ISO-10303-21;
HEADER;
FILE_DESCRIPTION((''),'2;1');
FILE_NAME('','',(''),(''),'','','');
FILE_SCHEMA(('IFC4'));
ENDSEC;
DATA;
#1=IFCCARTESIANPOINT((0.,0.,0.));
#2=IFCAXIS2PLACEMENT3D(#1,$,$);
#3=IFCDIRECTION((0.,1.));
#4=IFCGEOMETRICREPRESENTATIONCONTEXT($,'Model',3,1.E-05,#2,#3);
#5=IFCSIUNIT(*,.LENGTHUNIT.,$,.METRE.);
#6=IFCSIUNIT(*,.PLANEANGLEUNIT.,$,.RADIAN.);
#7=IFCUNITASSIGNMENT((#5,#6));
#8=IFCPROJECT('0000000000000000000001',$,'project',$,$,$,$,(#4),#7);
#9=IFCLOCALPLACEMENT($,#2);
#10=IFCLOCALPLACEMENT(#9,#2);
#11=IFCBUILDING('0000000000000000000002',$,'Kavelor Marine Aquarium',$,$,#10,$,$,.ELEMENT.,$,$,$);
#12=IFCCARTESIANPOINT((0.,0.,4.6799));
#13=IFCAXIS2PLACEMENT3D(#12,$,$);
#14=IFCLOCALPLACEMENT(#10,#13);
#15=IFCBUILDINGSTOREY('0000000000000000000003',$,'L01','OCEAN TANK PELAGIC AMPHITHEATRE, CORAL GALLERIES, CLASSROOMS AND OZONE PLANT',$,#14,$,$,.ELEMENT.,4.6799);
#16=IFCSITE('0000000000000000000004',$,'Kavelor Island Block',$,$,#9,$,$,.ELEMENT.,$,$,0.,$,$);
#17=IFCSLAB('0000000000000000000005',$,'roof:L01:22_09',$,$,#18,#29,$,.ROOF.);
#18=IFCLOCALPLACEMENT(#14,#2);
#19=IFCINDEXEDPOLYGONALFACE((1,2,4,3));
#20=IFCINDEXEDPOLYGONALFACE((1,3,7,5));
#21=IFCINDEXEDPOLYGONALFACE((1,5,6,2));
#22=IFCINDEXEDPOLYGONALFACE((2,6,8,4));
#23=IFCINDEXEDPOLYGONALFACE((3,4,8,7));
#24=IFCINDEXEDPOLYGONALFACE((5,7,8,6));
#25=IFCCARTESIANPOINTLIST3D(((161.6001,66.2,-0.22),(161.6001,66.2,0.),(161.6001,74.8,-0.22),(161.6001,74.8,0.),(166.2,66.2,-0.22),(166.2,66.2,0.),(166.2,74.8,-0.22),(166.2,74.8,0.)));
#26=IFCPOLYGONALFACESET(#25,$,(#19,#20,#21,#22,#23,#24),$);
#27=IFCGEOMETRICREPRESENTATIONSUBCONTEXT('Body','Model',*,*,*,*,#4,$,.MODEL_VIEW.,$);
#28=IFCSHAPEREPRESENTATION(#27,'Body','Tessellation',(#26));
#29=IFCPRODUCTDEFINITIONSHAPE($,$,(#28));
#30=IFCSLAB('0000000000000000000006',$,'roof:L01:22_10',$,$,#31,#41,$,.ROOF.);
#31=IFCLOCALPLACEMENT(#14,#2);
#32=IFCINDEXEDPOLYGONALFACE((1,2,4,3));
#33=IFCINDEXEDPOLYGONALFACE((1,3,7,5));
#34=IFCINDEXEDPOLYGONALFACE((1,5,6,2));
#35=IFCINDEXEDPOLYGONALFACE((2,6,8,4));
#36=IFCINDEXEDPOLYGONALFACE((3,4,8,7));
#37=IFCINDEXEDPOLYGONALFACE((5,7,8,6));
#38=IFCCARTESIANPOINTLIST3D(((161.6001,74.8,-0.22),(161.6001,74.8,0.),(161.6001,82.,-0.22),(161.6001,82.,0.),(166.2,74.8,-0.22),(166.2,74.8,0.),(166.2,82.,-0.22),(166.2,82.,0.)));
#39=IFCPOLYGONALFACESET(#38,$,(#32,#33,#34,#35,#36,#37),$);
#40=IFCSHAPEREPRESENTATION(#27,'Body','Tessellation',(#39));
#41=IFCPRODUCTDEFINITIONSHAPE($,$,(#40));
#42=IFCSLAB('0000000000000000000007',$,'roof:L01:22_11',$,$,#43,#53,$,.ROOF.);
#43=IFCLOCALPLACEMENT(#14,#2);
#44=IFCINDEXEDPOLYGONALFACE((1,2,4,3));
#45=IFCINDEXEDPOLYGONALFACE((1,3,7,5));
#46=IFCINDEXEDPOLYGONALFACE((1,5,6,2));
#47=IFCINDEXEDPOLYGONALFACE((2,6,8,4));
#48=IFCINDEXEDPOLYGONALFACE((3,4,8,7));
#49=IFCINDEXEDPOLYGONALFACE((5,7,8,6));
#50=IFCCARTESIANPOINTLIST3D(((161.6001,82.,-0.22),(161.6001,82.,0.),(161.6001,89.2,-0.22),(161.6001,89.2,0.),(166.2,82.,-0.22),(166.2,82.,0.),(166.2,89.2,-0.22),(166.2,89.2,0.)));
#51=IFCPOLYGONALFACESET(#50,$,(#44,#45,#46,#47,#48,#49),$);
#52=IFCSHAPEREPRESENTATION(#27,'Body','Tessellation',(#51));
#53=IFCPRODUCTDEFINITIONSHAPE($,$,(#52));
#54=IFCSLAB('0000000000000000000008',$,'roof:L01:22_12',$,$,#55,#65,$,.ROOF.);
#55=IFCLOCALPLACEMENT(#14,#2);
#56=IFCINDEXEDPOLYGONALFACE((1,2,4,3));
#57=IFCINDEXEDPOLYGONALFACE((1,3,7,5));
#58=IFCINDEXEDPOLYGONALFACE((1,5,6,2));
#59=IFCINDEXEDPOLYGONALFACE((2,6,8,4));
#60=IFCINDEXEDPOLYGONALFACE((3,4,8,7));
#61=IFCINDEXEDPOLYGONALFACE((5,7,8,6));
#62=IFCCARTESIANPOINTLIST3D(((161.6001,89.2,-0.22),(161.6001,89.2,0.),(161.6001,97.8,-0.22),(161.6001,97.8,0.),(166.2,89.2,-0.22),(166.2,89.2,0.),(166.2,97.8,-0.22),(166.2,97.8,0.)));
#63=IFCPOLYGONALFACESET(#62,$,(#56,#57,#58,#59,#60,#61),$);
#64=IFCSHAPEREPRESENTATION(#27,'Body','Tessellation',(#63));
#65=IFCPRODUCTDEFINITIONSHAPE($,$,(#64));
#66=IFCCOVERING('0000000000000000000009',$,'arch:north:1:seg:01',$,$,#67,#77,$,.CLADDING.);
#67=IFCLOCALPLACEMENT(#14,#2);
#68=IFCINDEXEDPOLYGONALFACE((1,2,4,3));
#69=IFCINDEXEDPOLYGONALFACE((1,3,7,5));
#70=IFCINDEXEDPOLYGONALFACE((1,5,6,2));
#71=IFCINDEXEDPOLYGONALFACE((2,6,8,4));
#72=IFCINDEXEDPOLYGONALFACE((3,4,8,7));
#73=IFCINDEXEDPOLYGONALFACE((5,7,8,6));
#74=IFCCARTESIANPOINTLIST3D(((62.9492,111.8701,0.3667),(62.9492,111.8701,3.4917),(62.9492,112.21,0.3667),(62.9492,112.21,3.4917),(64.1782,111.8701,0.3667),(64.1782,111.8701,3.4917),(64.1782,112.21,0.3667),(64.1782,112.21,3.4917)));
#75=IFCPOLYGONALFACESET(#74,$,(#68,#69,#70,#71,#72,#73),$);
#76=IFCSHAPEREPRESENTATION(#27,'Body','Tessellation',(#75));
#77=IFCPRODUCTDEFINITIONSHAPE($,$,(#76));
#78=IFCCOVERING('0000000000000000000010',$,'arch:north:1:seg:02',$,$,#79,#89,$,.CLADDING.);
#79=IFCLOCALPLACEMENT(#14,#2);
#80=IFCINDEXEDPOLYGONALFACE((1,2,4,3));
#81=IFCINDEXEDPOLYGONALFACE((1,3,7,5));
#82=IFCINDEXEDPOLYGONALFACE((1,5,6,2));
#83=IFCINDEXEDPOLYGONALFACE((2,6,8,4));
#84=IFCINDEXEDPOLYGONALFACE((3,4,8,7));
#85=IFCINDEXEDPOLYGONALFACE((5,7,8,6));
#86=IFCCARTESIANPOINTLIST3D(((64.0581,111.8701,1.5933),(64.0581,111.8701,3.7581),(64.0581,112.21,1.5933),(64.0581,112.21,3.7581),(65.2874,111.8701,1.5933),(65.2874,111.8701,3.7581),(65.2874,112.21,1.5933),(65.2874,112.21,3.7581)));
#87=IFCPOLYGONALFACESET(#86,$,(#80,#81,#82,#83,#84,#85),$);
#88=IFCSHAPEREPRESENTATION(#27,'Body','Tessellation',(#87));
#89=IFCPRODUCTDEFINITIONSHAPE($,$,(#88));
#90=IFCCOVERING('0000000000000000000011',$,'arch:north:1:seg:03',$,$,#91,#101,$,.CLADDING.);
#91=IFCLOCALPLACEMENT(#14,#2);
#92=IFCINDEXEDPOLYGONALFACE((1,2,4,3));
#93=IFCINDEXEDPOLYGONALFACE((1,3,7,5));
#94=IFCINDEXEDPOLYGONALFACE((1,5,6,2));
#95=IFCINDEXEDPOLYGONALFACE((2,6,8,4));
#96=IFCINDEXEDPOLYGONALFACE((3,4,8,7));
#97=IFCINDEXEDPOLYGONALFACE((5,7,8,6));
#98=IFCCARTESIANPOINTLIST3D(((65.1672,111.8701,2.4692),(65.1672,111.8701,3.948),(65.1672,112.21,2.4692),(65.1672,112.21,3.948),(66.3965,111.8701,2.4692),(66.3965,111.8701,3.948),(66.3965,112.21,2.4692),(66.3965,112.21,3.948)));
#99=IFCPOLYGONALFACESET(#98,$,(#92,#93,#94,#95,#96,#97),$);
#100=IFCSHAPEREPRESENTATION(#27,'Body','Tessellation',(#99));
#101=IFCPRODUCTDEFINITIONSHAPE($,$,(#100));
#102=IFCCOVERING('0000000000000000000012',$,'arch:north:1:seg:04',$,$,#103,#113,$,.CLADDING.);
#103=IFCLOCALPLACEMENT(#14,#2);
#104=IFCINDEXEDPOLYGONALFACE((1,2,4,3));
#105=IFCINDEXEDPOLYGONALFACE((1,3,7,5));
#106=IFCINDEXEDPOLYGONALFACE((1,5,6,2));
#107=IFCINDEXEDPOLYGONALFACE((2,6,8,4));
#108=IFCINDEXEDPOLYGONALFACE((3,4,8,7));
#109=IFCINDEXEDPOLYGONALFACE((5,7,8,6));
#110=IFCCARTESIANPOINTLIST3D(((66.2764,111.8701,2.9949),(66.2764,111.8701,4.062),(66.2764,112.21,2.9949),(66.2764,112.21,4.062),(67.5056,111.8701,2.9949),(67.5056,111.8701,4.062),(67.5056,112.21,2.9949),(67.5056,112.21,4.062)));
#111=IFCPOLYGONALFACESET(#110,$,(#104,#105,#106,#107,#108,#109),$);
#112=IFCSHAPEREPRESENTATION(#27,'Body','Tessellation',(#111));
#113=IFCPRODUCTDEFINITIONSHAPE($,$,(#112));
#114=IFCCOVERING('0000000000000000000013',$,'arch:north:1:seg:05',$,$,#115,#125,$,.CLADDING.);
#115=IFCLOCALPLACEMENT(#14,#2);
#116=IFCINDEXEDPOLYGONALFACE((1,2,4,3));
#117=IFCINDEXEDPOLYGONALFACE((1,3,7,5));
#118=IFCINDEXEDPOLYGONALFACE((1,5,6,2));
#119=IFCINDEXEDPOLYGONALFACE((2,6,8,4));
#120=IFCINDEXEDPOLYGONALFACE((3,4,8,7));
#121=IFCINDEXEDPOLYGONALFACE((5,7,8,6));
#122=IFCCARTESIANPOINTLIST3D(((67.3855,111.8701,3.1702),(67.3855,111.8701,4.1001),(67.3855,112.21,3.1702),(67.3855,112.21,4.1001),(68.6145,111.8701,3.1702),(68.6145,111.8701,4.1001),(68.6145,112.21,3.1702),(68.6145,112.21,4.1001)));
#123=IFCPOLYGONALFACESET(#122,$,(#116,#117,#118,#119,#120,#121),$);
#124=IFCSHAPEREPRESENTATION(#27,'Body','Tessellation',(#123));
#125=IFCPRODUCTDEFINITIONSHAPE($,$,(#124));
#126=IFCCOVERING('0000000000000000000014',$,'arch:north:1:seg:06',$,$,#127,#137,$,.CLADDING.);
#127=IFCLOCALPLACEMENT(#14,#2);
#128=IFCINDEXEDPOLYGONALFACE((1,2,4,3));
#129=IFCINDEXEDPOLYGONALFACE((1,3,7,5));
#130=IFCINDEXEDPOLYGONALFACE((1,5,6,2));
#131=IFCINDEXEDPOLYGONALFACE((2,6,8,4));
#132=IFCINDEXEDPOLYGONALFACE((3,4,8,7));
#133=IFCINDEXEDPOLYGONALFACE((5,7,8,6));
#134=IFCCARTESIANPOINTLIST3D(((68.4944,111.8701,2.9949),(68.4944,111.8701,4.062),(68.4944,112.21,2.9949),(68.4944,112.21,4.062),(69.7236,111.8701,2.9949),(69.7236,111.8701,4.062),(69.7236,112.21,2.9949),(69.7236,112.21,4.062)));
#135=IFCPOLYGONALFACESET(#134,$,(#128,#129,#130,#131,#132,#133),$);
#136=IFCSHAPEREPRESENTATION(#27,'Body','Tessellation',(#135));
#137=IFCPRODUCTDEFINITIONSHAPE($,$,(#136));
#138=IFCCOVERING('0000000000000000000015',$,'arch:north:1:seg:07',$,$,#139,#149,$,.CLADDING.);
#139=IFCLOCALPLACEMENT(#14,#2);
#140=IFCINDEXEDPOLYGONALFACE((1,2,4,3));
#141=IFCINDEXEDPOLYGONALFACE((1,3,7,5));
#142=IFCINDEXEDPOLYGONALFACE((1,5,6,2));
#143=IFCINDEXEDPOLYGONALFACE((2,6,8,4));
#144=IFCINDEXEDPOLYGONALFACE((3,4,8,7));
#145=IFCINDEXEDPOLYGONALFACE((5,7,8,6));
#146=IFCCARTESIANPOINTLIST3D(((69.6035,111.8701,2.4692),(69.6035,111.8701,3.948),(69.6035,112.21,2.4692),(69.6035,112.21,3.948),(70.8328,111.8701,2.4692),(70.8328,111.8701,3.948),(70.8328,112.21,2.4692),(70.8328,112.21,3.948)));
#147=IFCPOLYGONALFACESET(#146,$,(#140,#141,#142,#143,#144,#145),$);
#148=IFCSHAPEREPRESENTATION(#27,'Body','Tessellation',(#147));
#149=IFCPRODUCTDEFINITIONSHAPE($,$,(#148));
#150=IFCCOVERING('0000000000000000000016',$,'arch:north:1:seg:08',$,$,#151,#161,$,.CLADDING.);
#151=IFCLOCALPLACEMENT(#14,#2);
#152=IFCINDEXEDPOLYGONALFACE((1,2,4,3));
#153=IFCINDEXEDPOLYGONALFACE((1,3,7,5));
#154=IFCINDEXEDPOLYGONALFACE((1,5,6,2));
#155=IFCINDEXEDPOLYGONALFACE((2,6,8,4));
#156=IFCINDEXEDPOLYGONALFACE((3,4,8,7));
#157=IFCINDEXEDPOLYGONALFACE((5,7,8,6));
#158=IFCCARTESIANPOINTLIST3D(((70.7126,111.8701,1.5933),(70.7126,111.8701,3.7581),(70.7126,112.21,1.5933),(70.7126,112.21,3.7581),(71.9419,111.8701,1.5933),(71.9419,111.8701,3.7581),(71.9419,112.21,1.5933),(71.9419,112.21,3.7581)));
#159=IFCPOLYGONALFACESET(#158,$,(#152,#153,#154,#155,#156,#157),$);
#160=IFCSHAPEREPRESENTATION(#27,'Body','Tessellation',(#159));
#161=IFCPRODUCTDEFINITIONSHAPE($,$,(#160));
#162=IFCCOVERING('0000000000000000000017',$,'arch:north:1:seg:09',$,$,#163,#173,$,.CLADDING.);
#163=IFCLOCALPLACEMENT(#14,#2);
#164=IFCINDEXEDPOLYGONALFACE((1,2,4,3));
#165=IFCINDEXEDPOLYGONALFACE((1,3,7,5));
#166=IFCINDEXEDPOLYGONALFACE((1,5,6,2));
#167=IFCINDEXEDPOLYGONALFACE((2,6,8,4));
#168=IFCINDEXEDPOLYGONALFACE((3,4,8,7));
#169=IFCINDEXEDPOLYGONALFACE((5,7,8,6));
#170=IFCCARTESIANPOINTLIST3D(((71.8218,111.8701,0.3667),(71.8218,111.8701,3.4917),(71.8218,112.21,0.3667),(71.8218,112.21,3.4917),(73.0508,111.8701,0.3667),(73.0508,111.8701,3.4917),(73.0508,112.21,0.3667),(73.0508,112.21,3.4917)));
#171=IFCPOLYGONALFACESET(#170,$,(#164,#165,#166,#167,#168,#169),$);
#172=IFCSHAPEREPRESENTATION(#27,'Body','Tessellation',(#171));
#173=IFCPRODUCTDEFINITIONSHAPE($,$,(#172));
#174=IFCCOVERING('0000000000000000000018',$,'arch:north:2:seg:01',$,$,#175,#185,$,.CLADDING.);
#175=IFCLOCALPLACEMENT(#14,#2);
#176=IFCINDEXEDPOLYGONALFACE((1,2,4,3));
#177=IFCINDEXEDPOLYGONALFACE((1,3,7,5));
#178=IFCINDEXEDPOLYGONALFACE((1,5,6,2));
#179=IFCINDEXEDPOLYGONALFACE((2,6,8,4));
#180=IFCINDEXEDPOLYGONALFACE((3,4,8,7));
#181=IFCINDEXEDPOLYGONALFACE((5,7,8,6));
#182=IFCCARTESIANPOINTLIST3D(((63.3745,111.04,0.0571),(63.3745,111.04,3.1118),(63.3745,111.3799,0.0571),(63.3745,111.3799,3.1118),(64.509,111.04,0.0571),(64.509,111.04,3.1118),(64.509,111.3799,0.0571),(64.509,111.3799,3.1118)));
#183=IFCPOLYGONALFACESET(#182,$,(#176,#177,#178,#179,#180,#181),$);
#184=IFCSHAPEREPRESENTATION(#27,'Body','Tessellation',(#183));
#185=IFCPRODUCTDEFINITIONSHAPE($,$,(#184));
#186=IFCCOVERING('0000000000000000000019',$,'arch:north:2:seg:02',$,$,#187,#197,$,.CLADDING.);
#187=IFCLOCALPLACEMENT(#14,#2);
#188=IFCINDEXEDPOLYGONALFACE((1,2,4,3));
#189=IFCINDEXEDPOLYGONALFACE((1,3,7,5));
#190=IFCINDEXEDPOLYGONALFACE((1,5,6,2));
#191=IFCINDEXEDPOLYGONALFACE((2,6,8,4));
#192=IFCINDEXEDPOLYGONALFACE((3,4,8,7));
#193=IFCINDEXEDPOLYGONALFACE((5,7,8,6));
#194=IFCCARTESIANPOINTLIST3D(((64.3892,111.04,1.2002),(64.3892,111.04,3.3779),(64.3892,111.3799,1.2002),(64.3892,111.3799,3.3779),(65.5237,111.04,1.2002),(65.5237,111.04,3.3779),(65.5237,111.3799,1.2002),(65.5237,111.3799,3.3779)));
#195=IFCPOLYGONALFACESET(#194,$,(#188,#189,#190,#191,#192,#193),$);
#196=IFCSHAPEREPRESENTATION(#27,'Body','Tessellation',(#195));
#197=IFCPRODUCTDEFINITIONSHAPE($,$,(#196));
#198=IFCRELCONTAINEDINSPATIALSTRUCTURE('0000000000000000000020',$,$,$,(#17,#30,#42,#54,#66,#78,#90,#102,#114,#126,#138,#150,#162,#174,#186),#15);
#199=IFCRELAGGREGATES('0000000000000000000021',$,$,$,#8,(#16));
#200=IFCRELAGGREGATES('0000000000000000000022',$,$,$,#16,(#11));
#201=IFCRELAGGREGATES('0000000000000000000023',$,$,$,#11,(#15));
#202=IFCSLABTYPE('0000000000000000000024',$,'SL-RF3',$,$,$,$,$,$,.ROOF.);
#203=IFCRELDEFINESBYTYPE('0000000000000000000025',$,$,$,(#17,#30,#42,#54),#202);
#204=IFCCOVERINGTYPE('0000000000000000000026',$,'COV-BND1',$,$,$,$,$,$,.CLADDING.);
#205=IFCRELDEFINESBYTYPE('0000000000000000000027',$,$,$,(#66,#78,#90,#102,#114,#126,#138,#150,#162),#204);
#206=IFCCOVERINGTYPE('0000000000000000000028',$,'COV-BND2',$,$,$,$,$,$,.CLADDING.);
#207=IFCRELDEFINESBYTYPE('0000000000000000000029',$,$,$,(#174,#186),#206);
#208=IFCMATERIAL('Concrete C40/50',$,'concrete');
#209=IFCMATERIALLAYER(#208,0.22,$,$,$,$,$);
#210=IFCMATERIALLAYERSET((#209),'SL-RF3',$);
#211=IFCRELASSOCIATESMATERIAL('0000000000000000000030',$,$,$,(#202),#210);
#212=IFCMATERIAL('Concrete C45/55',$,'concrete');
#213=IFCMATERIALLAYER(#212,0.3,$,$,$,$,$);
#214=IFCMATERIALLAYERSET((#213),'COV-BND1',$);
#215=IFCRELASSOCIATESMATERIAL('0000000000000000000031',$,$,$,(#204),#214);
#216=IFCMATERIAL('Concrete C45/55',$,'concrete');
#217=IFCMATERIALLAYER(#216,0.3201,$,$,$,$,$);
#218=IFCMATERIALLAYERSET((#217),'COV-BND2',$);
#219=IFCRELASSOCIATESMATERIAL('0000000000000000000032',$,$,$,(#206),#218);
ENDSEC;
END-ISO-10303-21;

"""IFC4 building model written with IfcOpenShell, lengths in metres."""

from ifc_helpers import new_model, si_unit, direction, frame, origin, place, context, subcontext, project, spatial, polyline, outline, extrude, material, layer, layer_set, type_object, element, save


model = new_model("IFC4")

# Units and contexts
model_context = context("Model", 3, precision=1e-05, world=origin(), true_north=direction((0.0, 1.0)))
body_context = subcontext(model_context, "Body", "Model", "MODEL_VIEW")
ifc_project = project(units=[si_unit("LENGTHUNIT", "METRE"), si_unit("PLANEANGLEUNIT", "RADIAN")], contexts=[model_context])

# Site, building, storey
site_placement = place(None, origin())
site = spatial("IfcSite", under=ifc_project, at=site_placement, Name="Kavelor Island Block", CompositionType="ELEMENT", RefElevation=0.0)
building_placement = place(site_placement, origin())
building = spatial("IfcBuilding", under=site, at=building_placement, Name="Kavelor Marine Aquarium", CompositionType="ELEMENT")
storey_placement = place(building_placement, frame((0.0, 0.0, 4.6799)))
storey = spatial("IfcBuildingStorey", under=building, at=storey_placement, Name="L01", Description="OCEAN TANK PELAGIC AMPHITHEATRE, CORAL GALLERIES, CLASSROOMS AND OZONE PLANT", CompositionType="ELEMENT", Elevation=4.6799)

# Slabs
ifc_material_1 = material(Name="Concrete C40/50", Category="concrete")
ifc_layer_1 = layer(ifc_material_1, 0.22)
ifc_layer_set_1 = layer_set([ifc_layer_1], Name="SL-RF3")
slab_type = type_object("IfcSlabType", Name="SL-RF3", PredefinedType="ROOF", material=ifc_layer_set_1)
slab_1_placement = place(storey_placement, frame((0.0, 0.0, -0.22)))
element("IfcSlab", 1, at=slab_1_placement, inside=storey, type_object=slab_type, Name="roof:L01:22_09", PredefinedType="ROOF", context=body_context, shape_type="SweptSolid", body=[
    extrude(outline(polyline([(161.6001, 66.2), (166.2, 66.2), (166.2, 74.8), (161.6001, 74.8), (161.6001, 66.2)])), origin(), (0.0, 0.0, 1.0), 0.22),
])
slab_2_placement = place(storey_placement, frame((0.0, 0.0, -0.22)))
element("IfcSlab", 2, at=slab_2_placement, inside=storey, type_object=slab_type, Name="roof:L01:22_10", PredefinedType="ROOF", context=body_context, shape_type="SweptSolid", body=[
    extrude(outline(polyline([(161.6001, 74.8), (166.2, 74.8), (166.2, 82.0), (161.6001, 82.0), (161.6001, 74.8)])), origin(), (0.0, 0.0, 1.0), 0.22),
])
slab_3_placement = place(storey_placement, frame((0.0, 0.0, -0.22)))
element("IfcSlab", 3, at=slab_3_placement, inside=storey, type_object=slab_type, Name="roof:L01:22_11", PredefinedType="ROOF", context=body_context, shape_type="SweptSolid", body=[
    extrude(outline(polyline([(161.6001, 82.0), (166.2, 82.0), (166.2, 89.2), (161.6001, 89.2), (161.6001, 82.0)])), origin(), (0.0, 0.0, 1.0), 0.22),
])
slab_4_placement = place(storey_placement, frame((0.0, 0.0, -0.22)))
element("IfcSlab", 4, at=slab_4_placement, inside=storey, type_object=slab_type, Name="roof:L01:22_12", PredefinedType="ROOF", context=body_context, shape_type="SweptSolid", body=[
    extrude(outline(polyline([(161.6001, 89.2), (166.2, 89.2), (166.2, 97.8), (161.6001, 97.8), (161.6001, 89.2)])), origin(), (0.0, 0.0, 1.0), 0.22),
])

# Coverings
ifc_material_2 = material(Name="Concrete C45/55", Category="concrete")
ifc_layer_2 = layer(ifc_material_2, 0.3)
ifc_layer_set_2 = layer_set([ifc_layer_2], Name="COV-BND1")
covering_type_1 = type_object("IfcCoveringType", Name="COV-BND1", PredefinedType="CLADDING", material=ifc_layer_set_2)
covering_1_placement = place(storey_placement, frame((0.0, 0.0, 0.3667)))
element("IfcCovering", 5, at=covering_1_placement, inside=storey, type_object=covering_type_1, Name="arch:north:1:seg:01", PredefinedType="CLADDING", context=body_context, shape_type="SweptSolid", body=[
    extrude(outline(polyline([(62.9492, 111.8701), (64.1782, 111.8701), (64.1782, 112.21), (62.9492, 112.21), (62.9492, 111.8701)])), origin(), (0.0, 0.0, 1.0), 3.125),
])
covering_2_placement = place(storey_placement, frame((0.0, 0.0, 1.5933)))
element("IfcCovering", 6, at=covering_2_placement, inside=storey, type_object=covering_type_1, Name="arch:north:1:seg:02", PredefinedType="CLADDING", context=body_context, shape_type="SweptSolid", body=[
    extrude(outline(polyline([(64.0581, 111.8701), (65.2874, 111.8701), (65.2874, 112.21), (64.0581, 112.21), (64.0581, 111.8701)])), origin(), (0.0, 0.0, 1.0), 2.1648),
])
covering_3_placement = place(storey_placement, frame((0.0, 0.0, 2.4692)))
element("IfcCovering", 7, at=covering_3_placement, inside=storey, type_object=covering_type_1, Name="arch:north:1:seg:03", PredefinedType="CLADDING", context=body_context, shape_type="SweptSolid", body=[
    extrude(outline(polyline([(65.1672, 111.8701), (66.3965, 111.8701), (66.3965, 112.21), (65.1672, 112.21), (65.1672, 111.8701)])), origin(), (0.0, 0.0, 1.0), 1.4788),
])
covering_4_placement = place(storey_placement, frame((0.0, 0.0, 2.9949)))
element("IfcCovering", 8, at=covering_4_placement, inside=storey, type_object=covering_type_1, Name="arch:north:1:seg:04", PredefinedType="CLADDING", context=body_context, shape_type="SweptSolid", body=[
    extrude(outline(polyline([(66.2764, 111.8701), (67.5056, 111.8701), (67.5056, 112.21), (66.2764, 112.21), (66.2764, 111.8701)])), origin(), (0.0, 0.0, 1.0), 1.0671),
])
covering_5_placement = place(storey_placement, frame((0.0, 0.0, 3.1702)))
element("IfcCovering", 9, at=covering_5_placement, inside=storey, type_object=covering_type_1, Name="arch:north:1:seg:05", PredefinedType="CLADDING", context=body_context, shape_type="SweptSolid", body=[
    extrude(outline(polyline([(67.3855, 111.8701), (68.6145, 111.8701), (68.6145, 112.21), (67.3855, 112.21), (67.3855, 111.8701)])), origin(), (0.0, 0.0, 1.0), 0.9299),
])
covering_6_placement = place(storey_placement, frame((0.0, 0.0, 2.9949)))
element("IfcCovering", 10, at=covering_6_placement, inside=storey, type_object=covering_type_1, Name="arch:north:1:seg:06", PredefinedType="CLADDING", context=body_context, shape_type="SweptSolid", body=[
    extrude(outline(polyline([(68.4944, 111.8701), (69.7236, 111.8701), (69.7236, 112.21), (68.4944, 112.21), (68.4944, 111.8701)])), origin(), (0.0, 0.0, 1.0), 1.0671),
])
covering_7_placement = place(storey_placement, frame((0.0, 0.0, 2.4692)))
element("IfcCovering", 11, at=covering_7_placement, inside=storey, type_object=covering_type_1, Name="arch:north:1:seg:07", PredefinedType="CLADDING", context=body_context, shape_type="SweptSolid", body=[
    extrude(outline(polyline([(69.6035, 111.8701), (70.8328, 111.8701), (70.8328, 112.21), (69.6035, 112.21), (69.6035, 111.8701)])), origin(), (0.0, 0.0, 1.0), 1.4788),
])
covering_8_placement = place(storey_placement, frame((0.0, 0.0, 1.5933)))
element("IfcCovering", 12, at=covering_8_placement, inside=storey, type_object=covering_type_1, Name="arch:north:1:seg:08", PredefinedType="CLADDING", context=body_context, shape_type="SweptSolid", body=[
    extrude(outline(polyline([(70.7126, 111.8701), (71.9419, 111.8701), (71.9419, 112.21), (70.7126, 112.21), (70.7126, 111.8701)])), origin(), (0.0, 0.0, 1.0), 2.1648),
])
covering_9_placement = place(storey_placement, frame((0.0, 0.0, 0.3667)))
element("IfcCovering", 13, at=covering_9_placement, inside=storey, type_object=covering_type_1, Name="arch:north:1:seg:09", PredefinedType="CLADDING", context=body_context, shape_type="SweptSolid", body=[
    extrude(outline(polyline([(71.8218, 111.8701), (73.0508, 111.8701), (73.0508, 112.21), (71.8218, 112.21), (71.8218, 111.8701)])), origin(), (0.0, 0.0, 1.0), 3.125),
])
ifc_material_3 = material(Name="Concrete C45/55", Category="concrete")
ifc_layer_3 = layer(ifc_material_3, 0.3201)
ifc_layer_set_3 = layer_set([ifc_layer_3], Name="COV-BND2")
covering_type_2 = type_object("IfcCoveringType", Name="COV-BND2", PredefinedType="CLADDING", material=ifc_layer_set_3)
covering_10_placement = place(storey_placement, frame((0.0, 0.0, 0.0571)))
element("IfcCovering", 14, at=covering_10_placement, inside=storey, type_object=covering_type_2, Name="arch:north:2:seg:01", PredefinedType="CLADDING", context=body_context, shape_type="SweptSolid", body=[
    extrude(outline(polyline([(63.3745, 111.04), (64.509, 111.04), (64.509, 111.3799), (63.3745, 111.3799), (63.3745, 111.04)])), origin(), (0.0, 0.0, 1.0), 3.0547),
])
covering_11_placement = place(storey_placement, frame((0.0, 0.0, 1.2002)))
element("IfcCovering", 15, at=covering_11_placement, inside=storey, type_object=covering_type_2, Name="arch:north:2:seg:02", PredefinedType="CLADDING", context=body_context, shape_type="SweptSolid", body=[
    extrude(outline(polyline([(64.3892, 111.04), (65.5237, 111.04), (65.5237, 111.3799), (64.3892, 111.3799), (64.3892, 111.04)])), origin(), (0.0, 0.0, 1.0), 2.1777),
])

save(model, "model.ifc")
